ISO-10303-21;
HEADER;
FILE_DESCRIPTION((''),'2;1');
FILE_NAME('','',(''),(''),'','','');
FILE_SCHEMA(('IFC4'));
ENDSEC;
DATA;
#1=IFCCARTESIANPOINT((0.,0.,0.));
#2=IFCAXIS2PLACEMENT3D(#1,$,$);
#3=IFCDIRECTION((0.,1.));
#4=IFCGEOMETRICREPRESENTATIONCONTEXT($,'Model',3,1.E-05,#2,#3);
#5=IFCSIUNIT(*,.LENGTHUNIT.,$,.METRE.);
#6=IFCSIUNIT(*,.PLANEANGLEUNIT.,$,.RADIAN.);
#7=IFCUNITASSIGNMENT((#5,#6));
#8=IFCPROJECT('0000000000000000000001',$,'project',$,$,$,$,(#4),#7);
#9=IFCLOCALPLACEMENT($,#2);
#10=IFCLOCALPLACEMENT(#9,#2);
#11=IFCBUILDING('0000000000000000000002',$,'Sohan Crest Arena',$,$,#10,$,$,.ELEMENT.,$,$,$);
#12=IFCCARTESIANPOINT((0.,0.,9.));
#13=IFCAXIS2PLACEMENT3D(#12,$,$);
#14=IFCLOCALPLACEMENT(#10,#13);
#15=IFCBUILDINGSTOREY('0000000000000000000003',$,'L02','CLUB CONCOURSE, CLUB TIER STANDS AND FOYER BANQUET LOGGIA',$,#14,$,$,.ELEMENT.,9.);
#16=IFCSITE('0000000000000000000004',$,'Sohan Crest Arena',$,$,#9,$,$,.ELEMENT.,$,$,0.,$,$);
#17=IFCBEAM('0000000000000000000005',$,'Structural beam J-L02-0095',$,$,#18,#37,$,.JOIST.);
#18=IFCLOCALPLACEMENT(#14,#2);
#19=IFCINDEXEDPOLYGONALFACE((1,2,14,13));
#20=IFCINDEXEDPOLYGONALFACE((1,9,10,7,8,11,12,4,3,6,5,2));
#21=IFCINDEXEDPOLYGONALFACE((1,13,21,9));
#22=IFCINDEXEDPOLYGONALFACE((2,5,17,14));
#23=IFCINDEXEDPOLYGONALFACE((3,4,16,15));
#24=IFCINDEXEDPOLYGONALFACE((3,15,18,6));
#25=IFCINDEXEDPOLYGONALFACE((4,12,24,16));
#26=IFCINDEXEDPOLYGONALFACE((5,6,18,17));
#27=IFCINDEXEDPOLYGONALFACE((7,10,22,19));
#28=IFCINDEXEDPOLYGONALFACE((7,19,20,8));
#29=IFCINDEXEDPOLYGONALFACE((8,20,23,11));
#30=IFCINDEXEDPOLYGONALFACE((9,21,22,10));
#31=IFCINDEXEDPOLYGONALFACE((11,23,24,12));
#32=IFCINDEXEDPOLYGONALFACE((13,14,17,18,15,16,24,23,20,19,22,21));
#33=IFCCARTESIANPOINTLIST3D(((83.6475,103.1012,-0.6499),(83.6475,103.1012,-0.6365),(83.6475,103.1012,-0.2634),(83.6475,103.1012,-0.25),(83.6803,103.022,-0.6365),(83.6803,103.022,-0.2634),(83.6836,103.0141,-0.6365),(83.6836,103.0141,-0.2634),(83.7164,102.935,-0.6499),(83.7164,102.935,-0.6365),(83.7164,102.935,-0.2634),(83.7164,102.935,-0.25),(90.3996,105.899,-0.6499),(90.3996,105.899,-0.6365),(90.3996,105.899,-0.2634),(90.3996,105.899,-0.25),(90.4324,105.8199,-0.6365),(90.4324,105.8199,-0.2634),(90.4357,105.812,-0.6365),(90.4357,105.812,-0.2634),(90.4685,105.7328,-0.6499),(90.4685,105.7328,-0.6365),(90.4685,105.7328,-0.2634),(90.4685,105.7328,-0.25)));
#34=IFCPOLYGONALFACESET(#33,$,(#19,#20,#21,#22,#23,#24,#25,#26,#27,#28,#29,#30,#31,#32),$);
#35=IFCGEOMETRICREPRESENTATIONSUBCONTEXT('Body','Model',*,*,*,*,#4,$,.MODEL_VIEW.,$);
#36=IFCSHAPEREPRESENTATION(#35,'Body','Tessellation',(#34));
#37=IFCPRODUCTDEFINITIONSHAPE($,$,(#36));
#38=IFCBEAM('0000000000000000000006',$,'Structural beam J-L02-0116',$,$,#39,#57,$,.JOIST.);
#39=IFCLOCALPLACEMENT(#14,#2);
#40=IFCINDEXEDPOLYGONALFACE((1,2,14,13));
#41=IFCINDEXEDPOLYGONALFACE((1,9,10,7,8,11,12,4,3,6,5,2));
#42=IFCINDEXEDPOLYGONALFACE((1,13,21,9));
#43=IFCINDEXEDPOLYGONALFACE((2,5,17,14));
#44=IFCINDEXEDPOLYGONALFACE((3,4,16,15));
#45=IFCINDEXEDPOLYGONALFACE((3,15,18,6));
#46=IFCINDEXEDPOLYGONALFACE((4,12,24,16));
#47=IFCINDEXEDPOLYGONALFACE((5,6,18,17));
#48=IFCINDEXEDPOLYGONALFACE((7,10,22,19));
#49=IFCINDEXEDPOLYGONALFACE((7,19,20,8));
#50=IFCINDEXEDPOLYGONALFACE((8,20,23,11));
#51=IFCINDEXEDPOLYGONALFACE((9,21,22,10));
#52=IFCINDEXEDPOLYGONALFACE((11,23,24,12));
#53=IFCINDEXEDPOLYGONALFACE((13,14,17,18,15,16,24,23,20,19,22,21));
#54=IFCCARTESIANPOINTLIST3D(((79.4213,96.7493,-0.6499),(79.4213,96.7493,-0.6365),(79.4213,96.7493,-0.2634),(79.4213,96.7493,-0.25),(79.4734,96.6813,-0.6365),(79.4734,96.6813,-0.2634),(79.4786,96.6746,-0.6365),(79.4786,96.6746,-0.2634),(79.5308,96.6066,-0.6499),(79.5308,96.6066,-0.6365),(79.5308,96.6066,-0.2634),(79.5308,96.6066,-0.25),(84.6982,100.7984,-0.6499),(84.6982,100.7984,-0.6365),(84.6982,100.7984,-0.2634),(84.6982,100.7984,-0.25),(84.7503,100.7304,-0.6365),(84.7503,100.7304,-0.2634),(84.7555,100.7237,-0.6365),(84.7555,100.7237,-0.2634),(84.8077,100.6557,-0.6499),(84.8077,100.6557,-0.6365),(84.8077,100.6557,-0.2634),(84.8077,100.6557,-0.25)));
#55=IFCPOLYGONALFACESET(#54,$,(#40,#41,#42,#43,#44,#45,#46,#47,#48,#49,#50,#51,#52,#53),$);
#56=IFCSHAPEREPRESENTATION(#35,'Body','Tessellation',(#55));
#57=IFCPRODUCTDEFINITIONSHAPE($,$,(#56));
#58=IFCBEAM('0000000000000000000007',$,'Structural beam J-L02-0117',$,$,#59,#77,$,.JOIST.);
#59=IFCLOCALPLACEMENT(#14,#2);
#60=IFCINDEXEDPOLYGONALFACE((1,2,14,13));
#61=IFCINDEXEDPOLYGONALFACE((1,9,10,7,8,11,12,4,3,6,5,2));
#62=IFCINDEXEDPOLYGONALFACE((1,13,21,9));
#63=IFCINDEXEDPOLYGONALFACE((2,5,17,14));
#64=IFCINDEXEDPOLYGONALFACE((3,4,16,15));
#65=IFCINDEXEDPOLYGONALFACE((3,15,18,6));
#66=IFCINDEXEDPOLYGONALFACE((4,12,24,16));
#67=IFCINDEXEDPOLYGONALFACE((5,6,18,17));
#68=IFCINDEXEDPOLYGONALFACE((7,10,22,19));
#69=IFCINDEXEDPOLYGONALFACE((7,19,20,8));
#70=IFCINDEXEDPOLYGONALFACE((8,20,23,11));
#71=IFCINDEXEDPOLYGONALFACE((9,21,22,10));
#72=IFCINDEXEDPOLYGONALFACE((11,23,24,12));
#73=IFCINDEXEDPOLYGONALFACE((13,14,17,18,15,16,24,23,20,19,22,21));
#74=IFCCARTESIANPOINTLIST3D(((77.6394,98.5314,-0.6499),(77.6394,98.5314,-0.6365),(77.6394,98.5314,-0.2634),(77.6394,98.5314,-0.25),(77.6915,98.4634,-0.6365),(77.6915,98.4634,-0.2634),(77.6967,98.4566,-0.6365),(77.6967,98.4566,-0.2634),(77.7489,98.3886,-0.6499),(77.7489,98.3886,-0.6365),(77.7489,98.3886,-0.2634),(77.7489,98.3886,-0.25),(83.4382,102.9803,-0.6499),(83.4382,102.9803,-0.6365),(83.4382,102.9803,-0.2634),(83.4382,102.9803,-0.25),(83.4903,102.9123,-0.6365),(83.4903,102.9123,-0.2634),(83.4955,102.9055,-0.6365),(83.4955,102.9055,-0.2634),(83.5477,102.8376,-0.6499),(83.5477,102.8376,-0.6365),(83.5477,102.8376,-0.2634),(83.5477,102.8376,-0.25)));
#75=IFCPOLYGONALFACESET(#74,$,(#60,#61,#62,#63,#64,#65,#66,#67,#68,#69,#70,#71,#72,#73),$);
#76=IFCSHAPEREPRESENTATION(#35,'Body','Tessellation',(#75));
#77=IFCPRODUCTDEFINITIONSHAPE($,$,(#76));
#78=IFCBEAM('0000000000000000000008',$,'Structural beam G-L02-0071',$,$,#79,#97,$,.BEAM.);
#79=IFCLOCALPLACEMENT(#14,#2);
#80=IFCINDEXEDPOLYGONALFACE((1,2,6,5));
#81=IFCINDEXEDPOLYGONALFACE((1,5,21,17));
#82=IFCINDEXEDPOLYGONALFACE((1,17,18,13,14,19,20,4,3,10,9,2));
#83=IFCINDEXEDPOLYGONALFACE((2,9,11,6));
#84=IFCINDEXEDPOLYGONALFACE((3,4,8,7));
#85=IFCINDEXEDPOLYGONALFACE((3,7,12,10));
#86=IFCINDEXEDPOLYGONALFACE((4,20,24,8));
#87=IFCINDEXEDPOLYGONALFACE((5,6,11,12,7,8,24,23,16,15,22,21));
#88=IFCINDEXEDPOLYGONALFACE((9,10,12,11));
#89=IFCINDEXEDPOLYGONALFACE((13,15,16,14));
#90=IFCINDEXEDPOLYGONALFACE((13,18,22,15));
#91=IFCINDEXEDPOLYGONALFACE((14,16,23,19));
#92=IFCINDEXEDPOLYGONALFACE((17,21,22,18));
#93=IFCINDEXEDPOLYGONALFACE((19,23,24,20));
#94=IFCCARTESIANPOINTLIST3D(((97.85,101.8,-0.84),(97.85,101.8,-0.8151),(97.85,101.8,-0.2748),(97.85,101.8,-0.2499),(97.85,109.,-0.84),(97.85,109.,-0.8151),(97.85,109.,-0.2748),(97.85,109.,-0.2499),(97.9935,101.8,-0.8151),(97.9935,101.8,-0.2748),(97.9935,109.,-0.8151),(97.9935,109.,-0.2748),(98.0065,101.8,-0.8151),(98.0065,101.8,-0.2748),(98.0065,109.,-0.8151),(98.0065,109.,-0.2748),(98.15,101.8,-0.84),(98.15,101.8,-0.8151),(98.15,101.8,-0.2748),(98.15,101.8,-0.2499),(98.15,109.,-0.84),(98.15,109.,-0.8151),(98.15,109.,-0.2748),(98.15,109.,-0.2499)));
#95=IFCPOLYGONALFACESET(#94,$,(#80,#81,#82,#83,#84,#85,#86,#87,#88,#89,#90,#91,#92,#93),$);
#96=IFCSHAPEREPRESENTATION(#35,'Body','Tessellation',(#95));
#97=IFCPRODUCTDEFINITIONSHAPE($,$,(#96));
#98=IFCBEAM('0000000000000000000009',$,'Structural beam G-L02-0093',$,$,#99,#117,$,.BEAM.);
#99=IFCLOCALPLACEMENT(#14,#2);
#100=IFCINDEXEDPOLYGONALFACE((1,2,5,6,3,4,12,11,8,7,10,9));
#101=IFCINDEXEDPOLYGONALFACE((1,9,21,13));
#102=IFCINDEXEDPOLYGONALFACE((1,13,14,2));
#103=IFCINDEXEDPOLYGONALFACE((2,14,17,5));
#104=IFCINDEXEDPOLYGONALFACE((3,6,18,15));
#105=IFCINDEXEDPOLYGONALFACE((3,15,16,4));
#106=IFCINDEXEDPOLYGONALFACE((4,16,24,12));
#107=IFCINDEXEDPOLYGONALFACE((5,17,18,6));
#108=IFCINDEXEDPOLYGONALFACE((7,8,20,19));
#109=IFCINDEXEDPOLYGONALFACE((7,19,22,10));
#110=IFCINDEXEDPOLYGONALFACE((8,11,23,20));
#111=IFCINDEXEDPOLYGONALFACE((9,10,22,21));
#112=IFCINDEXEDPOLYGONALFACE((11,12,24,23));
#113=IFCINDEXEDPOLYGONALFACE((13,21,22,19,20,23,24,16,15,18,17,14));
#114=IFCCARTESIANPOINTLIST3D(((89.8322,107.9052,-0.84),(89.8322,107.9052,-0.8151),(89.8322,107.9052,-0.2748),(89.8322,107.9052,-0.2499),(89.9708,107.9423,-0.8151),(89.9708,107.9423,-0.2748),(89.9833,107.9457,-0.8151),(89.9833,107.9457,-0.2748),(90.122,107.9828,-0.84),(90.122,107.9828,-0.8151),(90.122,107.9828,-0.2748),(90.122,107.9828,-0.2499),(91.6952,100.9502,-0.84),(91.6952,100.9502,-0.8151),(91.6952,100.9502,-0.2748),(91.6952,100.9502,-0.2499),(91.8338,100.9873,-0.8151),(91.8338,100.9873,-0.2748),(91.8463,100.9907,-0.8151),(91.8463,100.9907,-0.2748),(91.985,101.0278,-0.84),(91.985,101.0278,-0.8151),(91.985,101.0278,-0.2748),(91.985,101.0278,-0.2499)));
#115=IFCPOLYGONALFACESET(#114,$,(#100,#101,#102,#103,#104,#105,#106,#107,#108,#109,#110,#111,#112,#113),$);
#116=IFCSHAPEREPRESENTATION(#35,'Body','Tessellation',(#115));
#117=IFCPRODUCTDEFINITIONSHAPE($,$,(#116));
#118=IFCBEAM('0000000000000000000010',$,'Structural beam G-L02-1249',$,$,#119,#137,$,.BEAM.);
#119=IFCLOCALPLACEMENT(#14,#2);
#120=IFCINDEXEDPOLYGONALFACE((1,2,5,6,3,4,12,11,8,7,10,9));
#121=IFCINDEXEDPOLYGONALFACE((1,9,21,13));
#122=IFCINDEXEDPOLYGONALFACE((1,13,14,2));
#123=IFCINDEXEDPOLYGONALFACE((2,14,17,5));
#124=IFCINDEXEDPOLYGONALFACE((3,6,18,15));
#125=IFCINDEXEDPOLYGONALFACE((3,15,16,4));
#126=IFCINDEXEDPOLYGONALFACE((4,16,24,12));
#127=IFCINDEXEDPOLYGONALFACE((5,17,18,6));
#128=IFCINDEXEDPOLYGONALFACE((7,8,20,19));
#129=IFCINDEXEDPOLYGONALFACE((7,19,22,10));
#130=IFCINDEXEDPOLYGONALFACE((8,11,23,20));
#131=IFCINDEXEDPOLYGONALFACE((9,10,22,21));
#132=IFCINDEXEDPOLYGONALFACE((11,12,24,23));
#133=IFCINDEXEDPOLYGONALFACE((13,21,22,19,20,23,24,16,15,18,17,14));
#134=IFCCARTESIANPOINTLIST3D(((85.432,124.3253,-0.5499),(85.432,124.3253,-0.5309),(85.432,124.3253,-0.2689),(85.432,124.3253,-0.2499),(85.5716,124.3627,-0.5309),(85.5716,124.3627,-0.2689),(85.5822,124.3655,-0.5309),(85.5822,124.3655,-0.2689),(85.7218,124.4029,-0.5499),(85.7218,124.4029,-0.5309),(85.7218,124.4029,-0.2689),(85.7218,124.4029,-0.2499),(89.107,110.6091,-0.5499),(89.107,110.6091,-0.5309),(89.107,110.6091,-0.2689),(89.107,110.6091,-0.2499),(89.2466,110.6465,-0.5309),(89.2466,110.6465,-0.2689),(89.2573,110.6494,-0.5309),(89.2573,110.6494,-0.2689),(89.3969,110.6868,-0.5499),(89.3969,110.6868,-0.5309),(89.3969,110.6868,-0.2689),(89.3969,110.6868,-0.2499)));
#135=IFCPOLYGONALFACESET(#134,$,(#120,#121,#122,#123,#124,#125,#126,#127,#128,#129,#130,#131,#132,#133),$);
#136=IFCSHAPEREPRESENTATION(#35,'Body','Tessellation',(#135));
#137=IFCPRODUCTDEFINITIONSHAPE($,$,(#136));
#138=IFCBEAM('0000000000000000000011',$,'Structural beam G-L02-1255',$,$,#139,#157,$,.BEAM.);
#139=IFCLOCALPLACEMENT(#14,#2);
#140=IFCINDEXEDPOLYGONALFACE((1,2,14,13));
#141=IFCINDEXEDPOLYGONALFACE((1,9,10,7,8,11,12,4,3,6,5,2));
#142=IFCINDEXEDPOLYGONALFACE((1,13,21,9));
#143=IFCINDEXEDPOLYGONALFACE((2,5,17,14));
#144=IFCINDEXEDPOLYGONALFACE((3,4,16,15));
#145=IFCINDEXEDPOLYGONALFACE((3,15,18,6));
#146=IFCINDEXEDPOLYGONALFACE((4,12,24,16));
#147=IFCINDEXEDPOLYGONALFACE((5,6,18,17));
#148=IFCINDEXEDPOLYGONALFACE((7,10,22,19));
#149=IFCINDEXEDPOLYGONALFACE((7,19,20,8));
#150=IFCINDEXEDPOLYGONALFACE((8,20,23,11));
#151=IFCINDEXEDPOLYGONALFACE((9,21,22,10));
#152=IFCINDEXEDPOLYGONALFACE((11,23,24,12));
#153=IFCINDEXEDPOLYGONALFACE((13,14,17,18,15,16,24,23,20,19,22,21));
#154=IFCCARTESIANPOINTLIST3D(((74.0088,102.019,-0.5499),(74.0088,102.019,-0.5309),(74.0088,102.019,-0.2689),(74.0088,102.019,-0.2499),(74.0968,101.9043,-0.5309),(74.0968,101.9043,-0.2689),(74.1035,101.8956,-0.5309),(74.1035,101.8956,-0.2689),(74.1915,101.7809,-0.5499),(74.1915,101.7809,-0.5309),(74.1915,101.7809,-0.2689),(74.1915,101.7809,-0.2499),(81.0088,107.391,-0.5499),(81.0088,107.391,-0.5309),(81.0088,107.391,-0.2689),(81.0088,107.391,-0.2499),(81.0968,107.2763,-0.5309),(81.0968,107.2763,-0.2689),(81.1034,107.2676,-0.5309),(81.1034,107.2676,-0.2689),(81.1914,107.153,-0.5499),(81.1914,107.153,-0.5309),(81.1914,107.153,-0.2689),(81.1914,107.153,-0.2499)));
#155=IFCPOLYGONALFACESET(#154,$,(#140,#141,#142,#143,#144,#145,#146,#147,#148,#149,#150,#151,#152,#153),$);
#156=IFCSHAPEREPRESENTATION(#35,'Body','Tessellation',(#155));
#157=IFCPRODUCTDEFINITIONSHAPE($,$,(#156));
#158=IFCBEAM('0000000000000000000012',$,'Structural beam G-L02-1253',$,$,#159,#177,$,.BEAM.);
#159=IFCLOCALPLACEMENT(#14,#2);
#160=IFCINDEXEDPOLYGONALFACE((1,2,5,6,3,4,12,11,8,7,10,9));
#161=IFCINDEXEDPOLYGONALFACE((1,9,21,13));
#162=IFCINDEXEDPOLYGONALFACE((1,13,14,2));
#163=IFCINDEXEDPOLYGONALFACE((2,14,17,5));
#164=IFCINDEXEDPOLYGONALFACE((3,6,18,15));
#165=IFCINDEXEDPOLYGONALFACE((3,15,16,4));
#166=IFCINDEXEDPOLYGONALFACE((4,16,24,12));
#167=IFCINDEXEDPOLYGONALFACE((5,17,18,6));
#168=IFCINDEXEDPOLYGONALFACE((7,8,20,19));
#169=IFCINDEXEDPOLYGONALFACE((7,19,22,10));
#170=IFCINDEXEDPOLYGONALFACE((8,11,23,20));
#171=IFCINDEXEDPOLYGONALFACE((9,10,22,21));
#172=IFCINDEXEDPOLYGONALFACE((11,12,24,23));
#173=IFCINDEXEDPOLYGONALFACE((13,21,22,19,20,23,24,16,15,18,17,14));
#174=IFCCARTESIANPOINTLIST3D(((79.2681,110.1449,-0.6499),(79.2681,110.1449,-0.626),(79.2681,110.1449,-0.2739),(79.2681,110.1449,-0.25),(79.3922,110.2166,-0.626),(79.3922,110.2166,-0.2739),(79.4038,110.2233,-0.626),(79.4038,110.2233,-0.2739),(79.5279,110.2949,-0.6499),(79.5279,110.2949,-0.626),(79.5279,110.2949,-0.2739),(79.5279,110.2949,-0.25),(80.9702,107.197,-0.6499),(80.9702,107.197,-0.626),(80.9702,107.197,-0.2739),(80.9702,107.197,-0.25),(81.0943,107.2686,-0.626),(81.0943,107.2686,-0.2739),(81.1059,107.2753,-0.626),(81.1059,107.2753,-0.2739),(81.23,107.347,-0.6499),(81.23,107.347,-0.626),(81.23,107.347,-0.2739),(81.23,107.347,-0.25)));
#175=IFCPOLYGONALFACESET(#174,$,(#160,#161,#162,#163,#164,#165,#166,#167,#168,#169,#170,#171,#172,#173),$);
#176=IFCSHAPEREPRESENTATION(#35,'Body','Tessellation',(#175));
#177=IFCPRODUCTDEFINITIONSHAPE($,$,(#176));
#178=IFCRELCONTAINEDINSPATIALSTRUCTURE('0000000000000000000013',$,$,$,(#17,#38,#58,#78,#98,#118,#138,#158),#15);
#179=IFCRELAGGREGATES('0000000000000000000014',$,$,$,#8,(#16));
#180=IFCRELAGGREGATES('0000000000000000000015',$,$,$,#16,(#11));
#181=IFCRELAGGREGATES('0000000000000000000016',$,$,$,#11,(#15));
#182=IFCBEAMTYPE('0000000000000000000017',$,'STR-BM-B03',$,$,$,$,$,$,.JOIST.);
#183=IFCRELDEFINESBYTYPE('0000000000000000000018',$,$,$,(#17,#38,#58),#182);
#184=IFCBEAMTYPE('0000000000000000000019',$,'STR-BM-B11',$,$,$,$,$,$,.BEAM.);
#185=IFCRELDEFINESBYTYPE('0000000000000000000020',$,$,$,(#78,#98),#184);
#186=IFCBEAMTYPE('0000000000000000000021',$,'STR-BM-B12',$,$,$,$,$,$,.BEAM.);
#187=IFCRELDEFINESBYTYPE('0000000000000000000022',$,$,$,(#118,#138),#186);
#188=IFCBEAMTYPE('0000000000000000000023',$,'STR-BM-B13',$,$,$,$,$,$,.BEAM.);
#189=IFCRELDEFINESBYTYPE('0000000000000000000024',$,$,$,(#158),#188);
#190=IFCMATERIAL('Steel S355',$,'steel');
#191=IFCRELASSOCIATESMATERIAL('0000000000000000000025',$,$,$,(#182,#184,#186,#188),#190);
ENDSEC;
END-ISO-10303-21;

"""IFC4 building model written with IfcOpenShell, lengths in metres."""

from ifc_helpers import new_model, si_unit, direction, frame, origin, origin_2d, place, context, subcontext, project, spatial, i_section, extrude, material, material_profile, profile_set, type_object, element, save


model = new_model("IFC4")

# Units and contexts
model_context = context("Model", 3, precision=1e-05, world=origin(), true_north=direction((0.0, 1.0)))
body_context = subcontext(model_context, "Body", "Model", "MODEL_VIEW")
ifc_project = project(units=[si_unit("LENGTHUNIT", "METRE"), si_unit("PLANEANGLEUNIT", "RADIAN")], contexts=[model_context])

# Site, building, storey
site_placement = place(None, origin())
site = spatial("IfcSite", under=ifc_project, at=site_placement, Name="Sohan Crest Arena", CompositionType="ELEMENT", RefElevation=0.0)
building_placement = place(site_placement, origin())
building = spatial("IfcBuilding", under=site, at=building_placement, Name="Sohan Crest Arena", CompositionType="ELEMENT")
storey_placement = place(building_placement, frame((0.0, 0.0, 9.0)))
storey = spatial("IfcBuildingStorey", under=building, at=storey_placement, Name="L02", Description="CLUB CONCOURSE, CLUB TIER STANDS AND FOYER BANQUET LOGGIA", CompositionType="ELEMENT", Elevation=9.0)

# Shared definitions
ifc_material_1 = material(Name="Steel S355", Category="steel")

# Beams
ifc_material_profile_1 = material_profile(ifc_material_1, i_section(OverallWidth=0.1799, OverallDepth=0.3999, WebThickness=0.0085, FlangeThickness=0.0134, at=origin_2d()), Name="IPE 400")
ifc_profile_set_1 = profile_set([ifc_material_profile_1], Name="Steel S355")
beam_type_1 = type_object("IfcBeamType", Name="STR-BM-B03", PredefinedType="JOIST", material=ifc_profile_set_1)
beam_1_placement = place(storey_placement, frame((90.4341, 105.8159, -0.45), z_axis=(-0.923831, -0.3828, 0.0), x_axis=(0.3828, -0.923831, 0.0)))
element("IfcBeam", 1, at=beam_1_placement, inside=storey, type_object=beam_type_1, Name="Structural beam J-L02-0095", PredefinedType="JOIST", context=body_context, shape_type="SweptSolid", body=[
    extrude(i_section(OverallWidth=0.1799, OverallDepth=0.3999, WebThickness=0.0085, FlangeThickness=0.0134, at=origin_2d()), origin(), (0.0, 0.0, 1.0), 7.3088),
])
beam_2_placement = place(storey_placement, frame((84.7529, 100.7271, -0.45), z_axis=(-0.793353, -0.608761, 0.0), x_axis=(0.608761, -0.793353, 0.0)))
element("IfcBeam", 2, at=beam_2_placement, inside=storey, type_object=beam_type_1, Name="Structural beam J-L02-0116", PredefinedType="JOIST", context=body_context, shape_type="SweptSolid", body=[
    extrude(i_section(OverallWidth=0.1799, OverallDepth=0.3999, WebThickness=0.0085, FlangeThickness=0.0134, at=origin_2d()), origin(), (0.0, 0.0, 1.0), 6.6514),
])
beam_3_placement = place(storey_placement, frame((83.4929, 102.9089, -0.45), z_axis=(-0.793394, -0.608708, 0.0), x_axis=(0.608708, -0.793394, 0.0)))
element("IfcBeam", 3, at=beam_3_placement, inside=storey, type_object=beam_type_1, Name="Structural beam J-L02-0117", PredefinedType="JOIST", context=body_context, shape_type="SweptSolid", body=[
    extrude(i_section(OverallWidth=0.1799, OverallDepth=0.3999, WebThickness=0.0085, FlangeThickness=0.0134, at=origin_2d()), origin(), (0.0, 0.0, 1.0), 7.3088),
])
ifc_material_profile_2 = material_profile(ifc_material_1, i_section(OverallWidth=0.3, OverallDepth=0.5901, WebThickness=0.0129, FlangeThickness=0.0249, at=origin_2d()), Name="HEA 600")
ifc_profile_set_2 = profile_set([ifc_material_profile_2], Name="Steel S355")
beam_type_2 = type_object("IfcBeamType", Name="STR-BM-B11", PredefinedType="BEAM", material=ifc_profile_set_2)
beam_4_placement = place(storey_placement, frame((98.0, 101.8, -0.5449), z_axis=(0.0, 1.0, 0.0), x_axis=(-1.0, 0.0, 0.0)))
element("IfcBeam", 4, at=beam_4_placement, inside=storey, type_object=beam_type_2, Name="Structural beam G-L02-0071", PredefinedType="BEAM", context=body_context, shape_type="SweptSolid", body=[
    extrude(i_section(OverallWidth=0.3, OverallDepth=0.5901, WebThickness=0.0129, FlangeThickness=0.0249, at=origin_2d()), origin(), (0.0, 0.0, 1.0), 7.2),
])
beam_5_placement = place(storey_placement, frame((91.8401, 100.989, -0.5449), z_axis=(-0.258745, 0.965946, 0.0), x_axis=(-0.965946, -0.258745, 0.0)))
element("IfcBeam", 5, at=beam_5_placement, inside=storey, type_object=beam_type_2, Name="Structural beam G-L02-0093", PredefinedType="BEAM", context=body_context, shape_type="SweptSolid", body=[
    extrude(i_section(OverallWidth=0.3, OverallDepth=0.5901, WebThickness=0.0129, FlangeThickness=0.0249, at=origin_2d()), origin(), (0.0, 0.0, 1.0), 7.2002),
])
ifc_material_profile_3 = material_profile(ifc_material_1, i_section(OverallWidth=0.3, OverallDepth=0.3, WebThickness=0.011, FlangeThickness=0.019, at=origin_2d()), Name="HEB 300")
ifc_profile_set_3 = profile_set([ifc_material_profile_3], Name="Steel S355")
beam_type_3 = type_object("IfcBeamType", Name="STR-BM-B12", PredefinedType="BEAM", material=ifc_profile_set_3)
beam_6_placement = place(storey_placement, frame((89.252, 110.6479, -0.3999), z_axis=(-0.258809, 0.965929, 0.0), x_axis=(-0.965929, -0.258809, 0.0)))
element("IfcBeam", 6, at=beam_6_placement, inside=storey, type_object=beam_type_3, Name="Structural beam G-L02-1249", PredefinedType="BEAM", context=body_context, shape_type="SweptSolid", body=[
    extrude(i_section(OverallWidth=0.3, OverallDepth=0.3, WebThickness=0.011, FlangeThickness=0.019, at=origin_2d()), origin(), (0.0, 0.0, 1.0), 14.2),
])
beam_7_placement = place(storey_placement, frame((81.1001, 107.272, -0.3999), z_axis=(-0.793311, -0.608817, 0.0), x_axis=(0.608817, -0.793311, 0.0)))
element("IfcBeam", 7, at=beam_7_placement, inside=storey, type_object=beam_type_3, Name="Structural beam G-L02-1255", PredefinedType="BEAM", context=body_context, shape_type="SweptSolid", body=[
    extrude(i_section(OverallWidth=0.3, OverallDepth=0.3, WebThickness=0.011, FlangeThickness=0.019, at=origin_2d()), origin(), (0.0, 0.0, 1.0), 8.8237),
])
ifc_material_profile_4 = material_profile(ifc_material_1, i_section(OverallWidth=0.3, OverallDepth=0.3999, WebThickness=0.0134, FlangeThickness=0.0239, at=origin_2d()), Name="HEB 400")
ifc_profile_set_4 = profile_set([ifc_material_profile_4], Name="Steel S355")
beam_type_4 = type_object("IfcBeamType", Name="STR-BM-B13", PredefinedType="BEAM", material=ifc_profile_set_4)
beam_8_placement = place(storey_placement, frame((81.1001, 107.272, -0.45), z_axis=(-0.500027, 0.86601, 0.0), x_axis=(-0.86601, -0.500027, 0.0)))
element("IfcBeam", 8, at=beam_8_placement, inside=storey, type_object=beam_type_4, Name="Structural beam G-L02-1253", PredefinedType="BEAM", context=body_context, shape_type="SweptSolid", body=[
    extrude(i_section(OverallWidth=0.3, OverallDepth=0.3999, WebThickness=0.0134, FlangeThickness=0.0239, at=origin_2d()), origin(), (0.0, 0.0, 1.0), 3.4041),
])

save(model, "model.ifc")
